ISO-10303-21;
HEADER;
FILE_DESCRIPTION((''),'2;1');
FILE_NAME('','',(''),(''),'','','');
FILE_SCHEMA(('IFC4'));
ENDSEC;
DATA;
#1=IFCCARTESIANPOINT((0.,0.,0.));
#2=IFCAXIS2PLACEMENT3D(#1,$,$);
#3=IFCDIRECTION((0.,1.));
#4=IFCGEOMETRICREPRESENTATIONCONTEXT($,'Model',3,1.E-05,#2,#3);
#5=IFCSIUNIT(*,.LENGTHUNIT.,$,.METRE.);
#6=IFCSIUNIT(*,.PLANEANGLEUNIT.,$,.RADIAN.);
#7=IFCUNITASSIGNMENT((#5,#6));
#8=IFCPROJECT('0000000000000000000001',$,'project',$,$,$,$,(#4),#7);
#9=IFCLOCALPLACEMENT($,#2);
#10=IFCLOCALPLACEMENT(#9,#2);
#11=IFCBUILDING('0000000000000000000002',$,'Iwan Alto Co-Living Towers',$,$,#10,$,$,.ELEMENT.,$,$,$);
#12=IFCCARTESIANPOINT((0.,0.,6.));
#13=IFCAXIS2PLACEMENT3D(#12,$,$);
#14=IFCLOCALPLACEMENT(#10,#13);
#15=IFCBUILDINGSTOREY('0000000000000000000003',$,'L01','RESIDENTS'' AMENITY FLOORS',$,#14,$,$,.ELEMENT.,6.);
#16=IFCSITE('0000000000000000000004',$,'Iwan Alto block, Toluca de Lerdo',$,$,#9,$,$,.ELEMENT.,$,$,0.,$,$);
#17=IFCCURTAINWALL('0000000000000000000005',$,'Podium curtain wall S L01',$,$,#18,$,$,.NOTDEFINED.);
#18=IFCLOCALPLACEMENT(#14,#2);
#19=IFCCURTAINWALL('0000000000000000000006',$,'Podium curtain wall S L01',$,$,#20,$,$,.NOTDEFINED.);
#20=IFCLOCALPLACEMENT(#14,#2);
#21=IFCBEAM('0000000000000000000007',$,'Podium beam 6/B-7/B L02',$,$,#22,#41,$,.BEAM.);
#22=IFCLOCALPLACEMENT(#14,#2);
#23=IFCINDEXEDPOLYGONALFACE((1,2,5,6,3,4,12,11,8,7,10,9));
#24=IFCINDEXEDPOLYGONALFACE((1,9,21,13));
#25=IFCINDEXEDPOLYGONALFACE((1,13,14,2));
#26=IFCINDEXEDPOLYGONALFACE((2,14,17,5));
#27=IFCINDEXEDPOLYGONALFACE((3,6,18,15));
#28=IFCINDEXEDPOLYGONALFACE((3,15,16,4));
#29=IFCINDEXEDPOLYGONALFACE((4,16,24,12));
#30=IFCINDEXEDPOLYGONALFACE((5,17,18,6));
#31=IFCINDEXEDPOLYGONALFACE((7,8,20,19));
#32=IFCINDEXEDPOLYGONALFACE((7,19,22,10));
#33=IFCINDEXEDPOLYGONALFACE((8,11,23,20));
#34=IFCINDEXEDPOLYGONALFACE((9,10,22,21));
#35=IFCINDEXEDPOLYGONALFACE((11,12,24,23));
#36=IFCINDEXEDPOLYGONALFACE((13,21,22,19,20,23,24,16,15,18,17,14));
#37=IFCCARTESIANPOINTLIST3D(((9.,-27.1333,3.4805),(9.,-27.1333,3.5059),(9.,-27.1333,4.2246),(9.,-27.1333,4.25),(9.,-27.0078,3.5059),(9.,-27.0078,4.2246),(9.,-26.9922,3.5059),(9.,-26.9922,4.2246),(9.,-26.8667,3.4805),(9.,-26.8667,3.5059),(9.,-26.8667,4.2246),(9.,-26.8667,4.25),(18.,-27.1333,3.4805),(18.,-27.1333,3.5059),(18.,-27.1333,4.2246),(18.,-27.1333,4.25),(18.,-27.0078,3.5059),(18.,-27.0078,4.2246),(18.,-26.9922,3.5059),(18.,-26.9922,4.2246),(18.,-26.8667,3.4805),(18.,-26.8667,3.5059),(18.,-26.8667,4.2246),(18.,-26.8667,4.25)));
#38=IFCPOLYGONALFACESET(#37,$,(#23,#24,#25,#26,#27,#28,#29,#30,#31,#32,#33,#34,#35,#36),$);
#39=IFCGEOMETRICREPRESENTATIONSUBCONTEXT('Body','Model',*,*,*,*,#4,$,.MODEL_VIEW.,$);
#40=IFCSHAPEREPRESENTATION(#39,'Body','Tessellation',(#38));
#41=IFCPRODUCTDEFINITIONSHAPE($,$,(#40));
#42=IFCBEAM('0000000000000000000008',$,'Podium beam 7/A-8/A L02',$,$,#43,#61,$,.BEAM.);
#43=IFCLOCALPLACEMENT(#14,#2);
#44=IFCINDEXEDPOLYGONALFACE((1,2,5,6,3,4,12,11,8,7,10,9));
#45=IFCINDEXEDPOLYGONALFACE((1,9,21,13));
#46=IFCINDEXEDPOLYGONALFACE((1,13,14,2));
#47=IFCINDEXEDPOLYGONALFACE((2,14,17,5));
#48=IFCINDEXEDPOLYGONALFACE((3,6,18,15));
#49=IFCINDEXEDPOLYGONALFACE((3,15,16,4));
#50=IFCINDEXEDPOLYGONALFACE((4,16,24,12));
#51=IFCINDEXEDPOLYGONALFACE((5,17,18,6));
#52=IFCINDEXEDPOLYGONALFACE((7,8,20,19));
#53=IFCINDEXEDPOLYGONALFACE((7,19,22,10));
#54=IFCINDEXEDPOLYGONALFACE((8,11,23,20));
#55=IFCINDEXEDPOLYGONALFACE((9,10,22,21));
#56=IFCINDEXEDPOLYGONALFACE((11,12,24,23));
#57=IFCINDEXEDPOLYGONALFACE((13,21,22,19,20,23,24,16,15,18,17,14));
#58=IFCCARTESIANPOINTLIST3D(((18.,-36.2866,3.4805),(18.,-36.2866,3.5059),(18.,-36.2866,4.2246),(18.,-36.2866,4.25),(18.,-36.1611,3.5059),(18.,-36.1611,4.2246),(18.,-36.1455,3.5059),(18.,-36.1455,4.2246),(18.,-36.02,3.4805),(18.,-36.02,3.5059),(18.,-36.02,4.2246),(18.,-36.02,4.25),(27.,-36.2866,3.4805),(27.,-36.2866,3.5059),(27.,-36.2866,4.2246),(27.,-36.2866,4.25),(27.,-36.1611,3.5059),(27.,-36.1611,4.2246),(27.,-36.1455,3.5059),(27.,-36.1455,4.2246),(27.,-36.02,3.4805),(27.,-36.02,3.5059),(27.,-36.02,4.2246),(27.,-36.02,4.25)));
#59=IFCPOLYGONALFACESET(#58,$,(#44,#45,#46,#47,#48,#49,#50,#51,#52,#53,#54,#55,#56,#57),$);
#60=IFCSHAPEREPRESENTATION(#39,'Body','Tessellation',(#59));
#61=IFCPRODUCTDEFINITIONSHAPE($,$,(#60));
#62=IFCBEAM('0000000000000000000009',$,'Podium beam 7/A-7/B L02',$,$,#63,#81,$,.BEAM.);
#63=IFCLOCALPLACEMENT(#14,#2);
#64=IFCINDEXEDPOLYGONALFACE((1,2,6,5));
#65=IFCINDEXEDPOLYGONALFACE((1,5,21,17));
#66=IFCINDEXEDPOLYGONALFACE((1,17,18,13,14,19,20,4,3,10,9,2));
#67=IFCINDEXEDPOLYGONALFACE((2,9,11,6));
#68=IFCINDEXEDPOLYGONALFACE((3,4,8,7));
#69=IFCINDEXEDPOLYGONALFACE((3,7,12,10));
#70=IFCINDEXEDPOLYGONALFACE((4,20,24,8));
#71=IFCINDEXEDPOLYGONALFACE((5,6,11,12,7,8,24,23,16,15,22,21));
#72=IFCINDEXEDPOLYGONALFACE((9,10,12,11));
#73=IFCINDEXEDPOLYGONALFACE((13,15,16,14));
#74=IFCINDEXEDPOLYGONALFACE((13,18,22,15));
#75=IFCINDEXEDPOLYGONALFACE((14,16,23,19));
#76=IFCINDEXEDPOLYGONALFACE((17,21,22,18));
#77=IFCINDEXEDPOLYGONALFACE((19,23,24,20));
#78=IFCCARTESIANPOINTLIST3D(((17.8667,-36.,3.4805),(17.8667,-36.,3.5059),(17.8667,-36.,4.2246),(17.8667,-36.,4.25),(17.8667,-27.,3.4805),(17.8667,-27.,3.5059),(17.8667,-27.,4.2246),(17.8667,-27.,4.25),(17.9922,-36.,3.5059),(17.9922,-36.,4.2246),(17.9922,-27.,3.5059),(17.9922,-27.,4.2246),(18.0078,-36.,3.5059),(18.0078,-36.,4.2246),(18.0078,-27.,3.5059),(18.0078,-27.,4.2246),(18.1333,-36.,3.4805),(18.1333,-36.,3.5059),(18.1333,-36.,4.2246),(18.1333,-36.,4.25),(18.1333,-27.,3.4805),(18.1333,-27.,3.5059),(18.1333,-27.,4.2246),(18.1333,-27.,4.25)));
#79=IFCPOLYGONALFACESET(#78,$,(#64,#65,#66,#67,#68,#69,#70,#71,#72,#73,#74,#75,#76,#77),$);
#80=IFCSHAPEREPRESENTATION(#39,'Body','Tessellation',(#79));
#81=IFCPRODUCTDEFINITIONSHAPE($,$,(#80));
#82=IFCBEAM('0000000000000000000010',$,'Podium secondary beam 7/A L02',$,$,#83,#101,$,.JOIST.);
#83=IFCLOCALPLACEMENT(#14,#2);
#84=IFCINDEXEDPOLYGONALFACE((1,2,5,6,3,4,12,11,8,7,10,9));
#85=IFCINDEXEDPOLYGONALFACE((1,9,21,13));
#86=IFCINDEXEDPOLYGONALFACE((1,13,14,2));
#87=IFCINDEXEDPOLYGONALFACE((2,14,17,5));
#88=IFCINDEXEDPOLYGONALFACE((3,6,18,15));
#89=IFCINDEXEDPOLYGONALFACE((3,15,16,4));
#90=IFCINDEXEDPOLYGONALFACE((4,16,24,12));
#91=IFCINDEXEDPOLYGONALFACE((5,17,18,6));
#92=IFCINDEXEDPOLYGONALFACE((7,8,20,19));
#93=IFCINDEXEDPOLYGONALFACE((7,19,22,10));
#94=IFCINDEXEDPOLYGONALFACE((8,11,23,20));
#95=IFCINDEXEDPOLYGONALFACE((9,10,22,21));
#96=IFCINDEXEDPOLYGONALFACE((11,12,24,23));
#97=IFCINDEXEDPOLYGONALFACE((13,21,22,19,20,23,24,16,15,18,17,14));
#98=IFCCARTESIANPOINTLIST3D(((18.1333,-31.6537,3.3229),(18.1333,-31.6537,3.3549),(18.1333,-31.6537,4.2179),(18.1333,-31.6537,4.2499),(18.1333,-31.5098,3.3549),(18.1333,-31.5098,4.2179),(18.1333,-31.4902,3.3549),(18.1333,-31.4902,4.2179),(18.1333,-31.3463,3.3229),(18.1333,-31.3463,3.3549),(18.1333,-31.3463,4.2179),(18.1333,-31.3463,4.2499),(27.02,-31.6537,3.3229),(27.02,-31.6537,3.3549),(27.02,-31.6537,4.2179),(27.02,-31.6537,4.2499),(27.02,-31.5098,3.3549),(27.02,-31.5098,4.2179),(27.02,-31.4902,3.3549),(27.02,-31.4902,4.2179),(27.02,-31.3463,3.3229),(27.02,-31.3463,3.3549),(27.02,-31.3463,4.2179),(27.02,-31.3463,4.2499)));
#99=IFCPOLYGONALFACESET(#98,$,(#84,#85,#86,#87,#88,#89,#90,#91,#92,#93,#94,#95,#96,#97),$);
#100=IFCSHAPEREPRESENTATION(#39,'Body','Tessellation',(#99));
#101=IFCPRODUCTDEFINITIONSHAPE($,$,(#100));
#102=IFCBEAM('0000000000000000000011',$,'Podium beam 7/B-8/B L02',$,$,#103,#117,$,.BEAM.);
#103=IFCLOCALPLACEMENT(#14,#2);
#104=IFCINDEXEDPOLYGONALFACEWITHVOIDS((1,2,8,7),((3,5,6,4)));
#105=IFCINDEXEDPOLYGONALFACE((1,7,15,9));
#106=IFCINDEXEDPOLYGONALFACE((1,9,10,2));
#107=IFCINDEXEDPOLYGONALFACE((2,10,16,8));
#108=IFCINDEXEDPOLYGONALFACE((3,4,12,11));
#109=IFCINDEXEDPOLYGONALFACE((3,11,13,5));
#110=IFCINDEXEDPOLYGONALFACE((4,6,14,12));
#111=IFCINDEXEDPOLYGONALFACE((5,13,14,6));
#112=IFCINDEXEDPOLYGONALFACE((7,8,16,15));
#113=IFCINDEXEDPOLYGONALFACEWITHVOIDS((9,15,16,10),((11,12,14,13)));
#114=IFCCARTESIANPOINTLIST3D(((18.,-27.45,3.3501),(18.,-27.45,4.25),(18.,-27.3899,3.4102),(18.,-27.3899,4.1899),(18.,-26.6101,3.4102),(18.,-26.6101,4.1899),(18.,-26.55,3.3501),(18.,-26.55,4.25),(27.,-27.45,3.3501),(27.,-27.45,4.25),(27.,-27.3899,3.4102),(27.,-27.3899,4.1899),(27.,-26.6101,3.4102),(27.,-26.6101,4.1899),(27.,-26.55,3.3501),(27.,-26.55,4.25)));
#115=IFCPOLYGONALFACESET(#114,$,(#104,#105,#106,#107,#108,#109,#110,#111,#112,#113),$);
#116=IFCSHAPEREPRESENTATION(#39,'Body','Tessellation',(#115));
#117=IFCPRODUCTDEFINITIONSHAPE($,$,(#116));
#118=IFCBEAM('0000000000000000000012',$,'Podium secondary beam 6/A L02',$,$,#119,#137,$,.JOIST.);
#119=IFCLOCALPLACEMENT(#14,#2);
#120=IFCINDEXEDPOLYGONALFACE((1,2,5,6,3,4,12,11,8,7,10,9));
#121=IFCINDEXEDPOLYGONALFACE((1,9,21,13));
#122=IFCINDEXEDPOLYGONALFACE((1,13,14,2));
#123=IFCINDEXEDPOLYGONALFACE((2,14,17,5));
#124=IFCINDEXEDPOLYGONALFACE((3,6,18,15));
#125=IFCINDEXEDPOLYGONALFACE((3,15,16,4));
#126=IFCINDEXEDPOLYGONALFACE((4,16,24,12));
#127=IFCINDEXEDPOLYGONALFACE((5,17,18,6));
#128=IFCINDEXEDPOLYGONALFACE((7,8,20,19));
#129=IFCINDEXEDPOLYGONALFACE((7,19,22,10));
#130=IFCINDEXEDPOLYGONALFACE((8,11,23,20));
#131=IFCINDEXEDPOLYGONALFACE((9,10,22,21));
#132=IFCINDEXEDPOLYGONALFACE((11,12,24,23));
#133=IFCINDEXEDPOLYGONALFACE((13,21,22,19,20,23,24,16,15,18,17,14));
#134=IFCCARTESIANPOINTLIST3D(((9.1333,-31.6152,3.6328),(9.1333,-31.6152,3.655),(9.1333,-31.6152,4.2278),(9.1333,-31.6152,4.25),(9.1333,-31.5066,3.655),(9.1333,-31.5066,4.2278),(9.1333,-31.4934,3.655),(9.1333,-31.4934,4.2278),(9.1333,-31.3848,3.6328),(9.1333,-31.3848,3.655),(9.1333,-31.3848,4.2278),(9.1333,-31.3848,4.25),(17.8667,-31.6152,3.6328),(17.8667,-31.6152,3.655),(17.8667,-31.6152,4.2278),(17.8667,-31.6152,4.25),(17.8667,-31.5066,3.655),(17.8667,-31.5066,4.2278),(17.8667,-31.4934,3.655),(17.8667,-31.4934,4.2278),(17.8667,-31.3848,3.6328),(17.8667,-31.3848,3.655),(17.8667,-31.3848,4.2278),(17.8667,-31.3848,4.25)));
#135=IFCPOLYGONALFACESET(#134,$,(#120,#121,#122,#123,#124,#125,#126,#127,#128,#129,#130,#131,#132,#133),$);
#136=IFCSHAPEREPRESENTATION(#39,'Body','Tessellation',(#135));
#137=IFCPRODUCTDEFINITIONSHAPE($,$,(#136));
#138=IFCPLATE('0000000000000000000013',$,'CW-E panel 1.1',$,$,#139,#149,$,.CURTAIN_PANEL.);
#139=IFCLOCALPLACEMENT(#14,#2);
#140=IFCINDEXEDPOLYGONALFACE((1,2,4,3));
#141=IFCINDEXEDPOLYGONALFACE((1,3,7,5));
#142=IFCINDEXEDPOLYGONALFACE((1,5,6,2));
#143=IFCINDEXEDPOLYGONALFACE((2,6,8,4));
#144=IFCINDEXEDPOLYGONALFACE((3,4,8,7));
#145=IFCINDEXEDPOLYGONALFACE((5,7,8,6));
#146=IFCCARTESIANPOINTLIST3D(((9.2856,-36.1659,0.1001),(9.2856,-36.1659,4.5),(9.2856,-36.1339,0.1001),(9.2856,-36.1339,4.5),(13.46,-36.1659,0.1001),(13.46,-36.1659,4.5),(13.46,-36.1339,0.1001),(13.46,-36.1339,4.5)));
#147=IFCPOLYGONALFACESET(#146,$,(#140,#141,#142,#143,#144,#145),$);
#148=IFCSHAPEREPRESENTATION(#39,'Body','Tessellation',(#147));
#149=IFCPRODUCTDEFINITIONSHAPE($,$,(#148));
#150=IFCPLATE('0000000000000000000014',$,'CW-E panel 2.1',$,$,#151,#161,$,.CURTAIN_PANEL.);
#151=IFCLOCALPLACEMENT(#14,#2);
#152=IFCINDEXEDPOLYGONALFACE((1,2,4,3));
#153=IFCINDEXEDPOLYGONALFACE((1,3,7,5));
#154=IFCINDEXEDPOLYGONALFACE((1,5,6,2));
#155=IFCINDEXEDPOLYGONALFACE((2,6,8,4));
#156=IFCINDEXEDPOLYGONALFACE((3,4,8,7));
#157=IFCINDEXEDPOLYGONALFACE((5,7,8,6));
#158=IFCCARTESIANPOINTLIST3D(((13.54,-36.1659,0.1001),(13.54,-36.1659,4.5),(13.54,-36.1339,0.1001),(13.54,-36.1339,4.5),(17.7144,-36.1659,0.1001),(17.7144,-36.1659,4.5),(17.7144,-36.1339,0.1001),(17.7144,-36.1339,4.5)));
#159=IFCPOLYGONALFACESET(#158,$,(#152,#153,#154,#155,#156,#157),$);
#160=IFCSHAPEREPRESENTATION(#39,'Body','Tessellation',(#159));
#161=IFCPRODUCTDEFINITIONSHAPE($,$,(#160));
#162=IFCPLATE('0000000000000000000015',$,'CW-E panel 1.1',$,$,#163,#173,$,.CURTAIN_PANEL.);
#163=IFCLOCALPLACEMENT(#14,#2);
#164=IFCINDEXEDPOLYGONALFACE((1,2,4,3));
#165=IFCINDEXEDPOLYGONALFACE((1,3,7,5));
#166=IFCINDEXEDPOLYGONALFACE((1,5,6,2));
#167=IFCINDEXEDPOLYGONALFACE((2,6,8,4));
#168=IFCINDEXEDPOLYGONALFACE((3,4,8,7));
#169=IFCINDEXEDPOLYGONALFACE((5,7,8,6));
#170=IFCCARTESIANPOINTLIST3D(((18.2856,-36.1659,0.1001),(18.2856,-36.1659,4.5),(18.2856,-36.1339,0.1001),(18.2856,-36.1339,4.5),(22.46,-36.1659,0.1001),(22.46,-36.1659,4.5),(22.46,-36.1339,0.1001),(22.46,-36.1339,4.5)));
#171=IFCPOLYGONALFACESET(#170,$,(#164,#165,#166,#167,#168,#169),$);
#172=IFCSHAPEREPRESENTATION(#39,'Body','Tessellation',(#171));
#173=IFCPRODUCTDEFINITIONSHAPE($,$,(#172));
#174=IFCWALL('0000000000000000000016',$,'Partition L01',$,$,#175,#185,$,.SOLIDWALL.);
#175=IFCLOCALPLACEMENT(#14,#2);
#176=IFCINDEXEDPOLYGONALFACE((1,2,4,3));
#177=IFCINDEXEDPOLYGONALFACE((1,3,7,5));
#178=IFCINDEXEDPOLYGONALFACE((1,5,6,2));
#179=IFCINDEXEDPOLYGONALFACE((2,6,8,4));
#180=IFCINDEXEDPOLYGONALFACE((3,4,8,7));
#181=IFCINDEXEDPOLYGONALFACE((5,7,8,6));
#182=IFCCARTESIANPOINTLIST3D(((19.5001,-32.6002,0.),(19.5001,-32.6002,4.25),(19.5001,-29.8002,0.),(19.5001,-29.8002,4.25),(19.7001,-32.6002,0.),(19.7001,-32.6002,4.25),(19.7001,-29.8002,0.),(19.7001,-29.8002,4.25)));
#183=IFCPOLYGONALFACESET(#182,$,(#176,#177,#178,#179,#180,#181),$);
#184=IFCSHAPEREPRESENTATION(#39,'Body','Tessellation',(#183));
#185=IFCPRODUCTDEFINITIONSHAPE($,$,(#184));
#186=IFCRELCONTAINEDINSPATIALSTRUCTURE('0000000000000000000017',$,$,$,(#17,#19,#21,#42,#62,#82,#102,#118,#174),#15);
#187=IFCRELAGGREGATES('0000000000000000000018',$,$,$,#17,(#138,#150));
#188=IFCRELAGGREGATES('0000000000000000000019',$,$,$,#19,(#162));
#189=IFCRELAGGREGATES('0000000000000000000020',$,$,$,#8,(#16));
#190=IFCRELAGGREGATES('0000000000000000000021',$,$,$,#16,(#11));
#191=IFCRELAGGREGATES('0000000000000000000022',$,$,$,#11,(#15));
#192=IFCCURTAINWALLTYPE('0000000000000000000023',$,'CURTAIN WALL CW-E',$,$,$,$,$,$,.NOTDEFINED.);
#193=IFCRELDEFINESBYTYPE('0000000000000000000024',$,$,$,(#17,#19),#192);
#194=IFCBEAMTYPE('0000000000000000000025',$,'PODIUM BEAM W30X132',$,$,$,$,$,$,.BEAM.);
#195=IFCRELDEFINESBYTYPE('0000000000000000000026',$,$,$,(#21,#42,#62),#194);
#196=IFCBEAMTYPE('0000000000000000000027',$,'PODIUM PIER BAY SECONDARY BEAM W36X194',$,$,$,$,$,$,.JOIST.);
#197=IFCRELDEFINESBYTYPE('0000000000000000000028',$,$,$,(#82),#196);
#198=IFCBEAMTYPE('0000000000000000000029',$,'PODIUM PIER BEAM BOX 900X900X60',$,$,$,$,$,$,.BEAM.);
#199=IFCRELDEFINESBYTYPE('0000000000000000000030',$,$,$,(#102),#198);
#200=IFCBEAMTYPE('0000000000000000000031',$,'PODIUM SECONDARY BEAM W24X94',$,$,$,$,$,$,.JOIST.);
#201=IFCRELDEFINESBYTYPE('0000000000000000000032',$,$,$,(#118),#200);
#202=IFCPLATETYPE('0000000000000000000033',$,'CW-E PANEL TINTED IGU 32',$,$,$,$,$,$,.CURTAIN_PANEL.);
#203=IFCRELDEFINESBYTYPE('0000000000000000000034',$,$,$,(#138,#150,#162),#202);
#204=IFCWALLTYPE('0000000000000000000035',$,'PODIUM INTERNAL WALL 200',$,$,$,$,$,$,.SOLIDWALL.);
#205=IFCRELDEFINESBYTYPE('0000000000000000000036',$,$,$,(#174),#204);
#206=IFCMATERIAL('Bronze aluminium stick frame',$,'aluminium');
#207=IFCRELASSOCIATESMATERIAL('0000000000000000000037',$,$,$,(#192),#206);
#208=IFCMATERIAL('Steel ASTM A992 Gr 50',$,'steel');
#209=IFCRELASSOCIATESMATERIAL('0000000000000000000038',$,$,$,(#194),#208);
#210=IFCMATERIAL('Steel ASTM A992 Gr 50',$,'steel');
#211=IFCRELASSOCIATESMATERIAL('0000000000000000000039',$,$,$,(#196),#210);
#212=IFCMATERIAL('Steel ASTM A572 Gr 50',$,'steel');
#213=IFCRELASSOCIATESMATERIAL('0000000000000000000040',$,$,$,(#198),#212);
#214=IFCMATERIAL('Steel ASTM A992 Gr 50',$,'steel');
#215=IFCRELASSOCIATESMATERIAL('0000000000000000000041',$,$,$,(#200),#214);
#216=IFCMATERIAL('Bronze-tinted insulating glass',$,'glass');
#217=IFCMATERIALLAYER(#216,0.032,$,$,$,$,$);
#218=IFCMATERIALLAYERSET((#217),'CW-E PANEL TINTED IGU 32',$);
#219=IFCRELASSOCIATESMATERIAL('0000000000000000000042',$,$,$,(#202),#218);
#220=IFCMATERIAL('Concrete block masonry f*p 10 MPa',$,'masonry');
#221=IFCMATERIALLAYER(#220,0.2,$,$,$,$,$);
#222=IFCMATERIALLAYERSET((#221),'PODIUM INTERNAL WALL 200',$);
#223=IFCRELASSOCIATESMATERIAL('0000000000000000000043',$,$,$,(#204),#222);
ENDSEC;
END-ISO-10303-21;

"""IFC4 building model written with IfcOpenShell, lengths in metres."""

from ifc_helpers import new_model, si_unit, direction, frame, frame_2d, origin, origin_2d, place, context, subcontext, project, spatial, rectangle, hollow_rectangle, i_section, extrude, material, layer, layer_set, material_profile, profile_set, type_object, element, aggregate, save


model = new_model("IFC4")

# Units and contexts
model_context = context("Model", 3, precision=1e-05, world=origin(), true_north=direction((0.0, 1.0)))
body_context = subcontext(model_context, "Body", "Model", "MODEL_VIEW")
ifc_project = project(units=[si_unit("LENGTHUNIT", "METRE"), si_unit("PLANEANGLEUNIT", "RADIAN")], contexts=[model_context])

# Site, building, storey
site_placement = place(None, origin())
site = spatial("IfcSite", under=ifc_project, at=site_placement, Name="Iwan Alto block, Toluca de Lerdo", CompositionType="ELEMENT", RefElevation=0.0)
building_placement = place(site_placement, origin())
building = spatial("IfcBuilding", under=site, at=building_placement, Name="Iwan Alto Co-Living Towers", CompositionType="ELEMENT")
storey_placement = place(building_placement, frame((0.0, 0.0, 6.0)))
storey = spatial("IfcBuildingStorey", under=building, at=storey_placement, Name="L01", Description="RESIDENTS' AMENITY FLOORS", CompositionType="ELEMENT", Elevation=6.0)

# Curtain walls
ifc_material_1 = material(Name="Bronze aluminium stick frame", Category="aluminium")
curtain_wall_type = type_object("IfcCurtainWallType", Name="CURTAIN WALL CW-E", PredefinedType="NOTDEFINED", material=ifc_material_1)
curtain_wall_1_placement = place(storey_placement, origin())
curtain_wall_1 = element("IfcCurtainWall", 1, at=curtain_wall_1_placement, inside=storey, type_object=curtain_wall_type, Name="Podium curtain wall S L01", PredefinedType="NOTDEFINED")
curtain_wall_2_placement = place(storey_placement, origin())
curtain_wall_2 = element("IfcCurtainWall", 2, at=curtain_wall_2_placement, inside=storey, type_object=curtain_wall_type, Name="Podium curtain wall S L01", PredefinedType="NOTDEFINED")

# Beams
ifc_material_2 = material(Name="Steel ASTM A992 Gr 50", Category="steel")
ifc_material_profile_1 = material_profile(ifc_material_2, i_section(OverallWidth=0.2666, OverallDepth=0.7695, WebThickness=0.0156, FlangeThickness=0.0254, at=origin_2d()), Name="W30X132")
ifc_profile_set_1 = profile_set([ifc_material_profile_1], Name="Steel ASTM A992 Gr 50")
beam_type_1 = type_object("IfcBeamType", Name="PODIUM BEAM W30X132", PredefinedType="BEAM", material=ifc_profile_set_1)
for number, where, z_axis, x_axis, name in (
    (3, (9.0, -27.0, 3.8652), (1.0, 0.0, 0.0), (0.0, 1.0, 0.0), "Podium beam 6/B-7/B L02"),
    (4, (18.0, -36.1533, 3.8652), (1.0, 0.0, 0.0), (0.0, 1.0, 0.0), "Podium beam 7/A-8/A L02"),
    (5, (18.0, -36.0, 3.8652), (0.0, 1.0, 0.0), (-1.0, 0.0, 0.0), "Podium beam 7/A-7/B L02"),
):
    element("IfcBeam", number, at=place(storey_placement, frame(where, z_axis=z_axis, x_axis=x_axis)), inside=storey, type_object=beam_type_1, Name=name, PredefinedType="BEAM", context=body_context, shape_type="SweptSolid", body=[
        extrude(i_section(OverallWidth=0.2666, OverallDepth=0.7695, WebThickness=0.0156, FlangeThickness=0.0254, at=origin_2d()), origin(), (0.0, 0.0, 1.0), 9.0),
    ])
ifc_material_3 = material(Name="Steel ASTM A992 Gr 50", Category="steel")
ifc_material_profile_2 = material_profile(ifc_material_3, i_section(OverallWidth=0.3074, OverallDepth=0.927, WebThickness=0.0195, FlangeThickness=0.032, at=origin_2d()), Name="W36X194")
ifc_profile_set_2 = profile_set([ifc_material_profile_2], Name="Steel ASTM A992 Gr 50")
beam_type_2 = type_object("IfcBeamType", Name="PODIUM PIER BAY SECONDARY BEAM W36X194", PredefinedType="JOIST", material=ifc_profile_set_2)
beam_1_placement = place(storey_placement, frame((18.1333, -31.5, 3.7864), z_axis=(1.0, 0.0, 0.0), x_axis=(0.0, 1.0, 0.0)))
element("IfcBeam", 6, at=beam_1_placement, inside=storey, type_object=beam_type_2, Name="Podium secondary beam 7/A L02", PredefinedType="JOIST", context=body_context, shape_type="SweptSolid", body=[
    extrude(i_section(OverallWidth=0.3074, OverallDepth=0.927, WebThickness=0.0195, FlangeThickness=0.032, at=origin_2d()), origin(), (0.0, 0.0, 1.0), 8.8867),
])
ifc_material_4 = material(Name="Steel ASTM A572 Gr 50", Category="steel")
ifc_material_profile_3 = material_profile(ifc_material_4, hollow_rectangle(XDim=0.8999, YDim=0.8999, WallThickness=0.0601, at=origin_2d()), Name="BOX 900X900X60")
ifc_profile_set_3 = profile_set([ifc_material_profile_3], Name="Steel ASTM A572 Gr 50")
beam_type_3 = type_object("IfcBeamType", Name="PODIUM PIER BEAM BOX 900X900X60", PredefinedType="BEAM", material=ifc_profile_set_3)
beam_2_placement = place(storey_placement, frame((18.0, -27.0, 3.8), z_axis=(1.0, 0.0, 0.0), x_axis=(0.0, 1.0, 0.0)))
element("IfcBeam", 7, at=beam_2_placement, inside=storey, type_object=beam_type_3, Name="Podium beam 7/B-8/B L02", PredefinedType="BEAM", context=body_context, shape_type="SweptSolid", body=[
    extrude(hollow_rectangle(XDim=0.8999, YDim=0.8999, WallThickness=0.0601, at=origin_2d()), origin(), (0.0, 0.0, 1.0), 9.0),
])
ifc_material_5 = material(Name="Steel ASTM A992 Gr 50", Category="steel")
ifc_material_profile_4 = material_profile(ifc_material_5, i_section(OverallWidth=0.2305, OverallDepth=0.6172, WebThickness=0.0132, FlangeThickness=0.0222, at=origin_2d()), Name="W24X94")
ifc_profile_set_4 = profile_set([ifc_material_profile_4], Name="Steel ASTM A992 Gr 50")
beam_type_4 = type_object("IfcBeamType", Name="PODIUM SECONDARY BEAM W24X94", PredefinedType="JOIST", material=ifc_profile_set_4)
beam_3_placement = place(storey_placement, frame((9.1333, -31.5, 3.9414), z_axis=(1.0, 0.0, 0.0), x_axis=(0.0, 1.0, 0.0)))
element("IfcBeam", 8, at=beam_3_placement, inside=storey, type_object=beam_type_4, Name="Podium secondary beam 6/A L02", PredefinedType="JOIST", context=body_context, shape_type="SweptSolid", body=[
    extrude(i_section(OverallWidth=0.2305, OverallDepth=0.6172, WebThickness=0.0132, FlangeThickness=0.0222, at=origin_2d()), origin(), (0.0, 0.0, 1.0), 8.7334),
])

# Plates
ifc_material_6 = material(Name="Bronze-tinted insulating glass", Category="glass")
ifc_layer_1 = layer(ifc_material_6, 0.032)
ifc_layer_set_1 = layer_set([ifc_layer_1], Name="CW-E PANEL TINTED IGU 32")
plate_type = type_object("IfcPlateType", Name="CW-E PANEL TINTED IGU 32", PredefinedType="CURTAIN_PANEL", material=ifc_layer_set_1)
plate_1_placement = place(storey_placement, frame((11.3728, -36.1499, 0.1001), z_axis=(0.0, 0.0, 1.0), x_axis=(1.0, 0.0, 0.0)))
plate_1 = element("IfcPlate", 9, at=plate_1_placement, type_object=plate_type, Name="CW-E panel 1.1", PredefinedType="CURTAIN_PANEL", context=body_context, shape_type="SweptSolid", body=[
    extrude(rectangle(XDim=4.1743, YDim=0.032, at=origin_2d()), origin(), (0.0, 0.0, 1.0), 4.3999),
])
plate_2_placement = place(storey_placement, frame((15.6272, -36.1499, 0.1001), z_axis=(0.0, 0.0, 1.0), x_axis=(1.0, 0.0, 0.0)))
plate_2 = element("IfcPlate", 10, at=plate_2_placement, type_object=plate_type, Name="CW-E panel 2.1", PredefinedType="CURTAIN_PANEL", context=body_context, shape_type="SweptSolid", body=[
    extrude(rectangle(XDim=4.1743, YDim=0.032, at=origin_2d()), origin(), (0.0, 0.0, 1.0), 4.3999),
])
aggregate(curtain_wall_1, [plate_1, plate_2])
plate_3_placement = place(storey_placement, frame((20.3728, -36.1499, 0.1001), z_axis=(0.0, 0.0, 1.0), x_axis=(1.0, 0.0, 0.0)))
plate_3 = element("IfcPlate", 11, at=plate_3_placement, type_object=plate_type, Name="CW-E panel 1.1", PredefinedType="CURTAIN_PANEL", context=body_context, shape_type="SweptSolid", body=[
    extrude(rectangle(XDim=4.1743, YDim=0.032, at=origin_2d()), origin(), (0.0, 0.0, 1.0), 4.3999),
])
aggregate(curtain_wall_2, [plate_3])

# Wall
ifc_material_7 = material(Name="Concrete block masonry f*p 10 MPa", Category="masonry")
ifc_layer_2 = layer(ifc_material_7, 0.2)
ifc_layer_set_2 = layer_set([ifc_layer_2], Name="PODIUM INTERNAL WALL 200")
wall_type_1 = type_object("IfcWallType", Name="PODIUM INTERNAL WALL 200", PredefinedType="SOLIDWALL", material=ifc_layer_set_2)
wall_1_placement = place(storey_placement, frame((19.6001, -32.6001, 0.0), z_axis=(0.0, 0.0, 1.0), x_axis=(0.0, 1.0, 0.0)))
element("IfcWall", 12, at=wall_1_placement, inside=storey, type_object=wall_type_1, Name="Partition L01", PredefinedType="SOLIDWALL", context=body_context, shape_type="SweptSolid", body=[
    extrude(rectangle(XDim=2.8, YDim=0.2, at=frame_2d((1.3999, 0.0))), origin(), (0.0, 0.0, 1.0), 4.25),
])

save(model, "model.ifc")
